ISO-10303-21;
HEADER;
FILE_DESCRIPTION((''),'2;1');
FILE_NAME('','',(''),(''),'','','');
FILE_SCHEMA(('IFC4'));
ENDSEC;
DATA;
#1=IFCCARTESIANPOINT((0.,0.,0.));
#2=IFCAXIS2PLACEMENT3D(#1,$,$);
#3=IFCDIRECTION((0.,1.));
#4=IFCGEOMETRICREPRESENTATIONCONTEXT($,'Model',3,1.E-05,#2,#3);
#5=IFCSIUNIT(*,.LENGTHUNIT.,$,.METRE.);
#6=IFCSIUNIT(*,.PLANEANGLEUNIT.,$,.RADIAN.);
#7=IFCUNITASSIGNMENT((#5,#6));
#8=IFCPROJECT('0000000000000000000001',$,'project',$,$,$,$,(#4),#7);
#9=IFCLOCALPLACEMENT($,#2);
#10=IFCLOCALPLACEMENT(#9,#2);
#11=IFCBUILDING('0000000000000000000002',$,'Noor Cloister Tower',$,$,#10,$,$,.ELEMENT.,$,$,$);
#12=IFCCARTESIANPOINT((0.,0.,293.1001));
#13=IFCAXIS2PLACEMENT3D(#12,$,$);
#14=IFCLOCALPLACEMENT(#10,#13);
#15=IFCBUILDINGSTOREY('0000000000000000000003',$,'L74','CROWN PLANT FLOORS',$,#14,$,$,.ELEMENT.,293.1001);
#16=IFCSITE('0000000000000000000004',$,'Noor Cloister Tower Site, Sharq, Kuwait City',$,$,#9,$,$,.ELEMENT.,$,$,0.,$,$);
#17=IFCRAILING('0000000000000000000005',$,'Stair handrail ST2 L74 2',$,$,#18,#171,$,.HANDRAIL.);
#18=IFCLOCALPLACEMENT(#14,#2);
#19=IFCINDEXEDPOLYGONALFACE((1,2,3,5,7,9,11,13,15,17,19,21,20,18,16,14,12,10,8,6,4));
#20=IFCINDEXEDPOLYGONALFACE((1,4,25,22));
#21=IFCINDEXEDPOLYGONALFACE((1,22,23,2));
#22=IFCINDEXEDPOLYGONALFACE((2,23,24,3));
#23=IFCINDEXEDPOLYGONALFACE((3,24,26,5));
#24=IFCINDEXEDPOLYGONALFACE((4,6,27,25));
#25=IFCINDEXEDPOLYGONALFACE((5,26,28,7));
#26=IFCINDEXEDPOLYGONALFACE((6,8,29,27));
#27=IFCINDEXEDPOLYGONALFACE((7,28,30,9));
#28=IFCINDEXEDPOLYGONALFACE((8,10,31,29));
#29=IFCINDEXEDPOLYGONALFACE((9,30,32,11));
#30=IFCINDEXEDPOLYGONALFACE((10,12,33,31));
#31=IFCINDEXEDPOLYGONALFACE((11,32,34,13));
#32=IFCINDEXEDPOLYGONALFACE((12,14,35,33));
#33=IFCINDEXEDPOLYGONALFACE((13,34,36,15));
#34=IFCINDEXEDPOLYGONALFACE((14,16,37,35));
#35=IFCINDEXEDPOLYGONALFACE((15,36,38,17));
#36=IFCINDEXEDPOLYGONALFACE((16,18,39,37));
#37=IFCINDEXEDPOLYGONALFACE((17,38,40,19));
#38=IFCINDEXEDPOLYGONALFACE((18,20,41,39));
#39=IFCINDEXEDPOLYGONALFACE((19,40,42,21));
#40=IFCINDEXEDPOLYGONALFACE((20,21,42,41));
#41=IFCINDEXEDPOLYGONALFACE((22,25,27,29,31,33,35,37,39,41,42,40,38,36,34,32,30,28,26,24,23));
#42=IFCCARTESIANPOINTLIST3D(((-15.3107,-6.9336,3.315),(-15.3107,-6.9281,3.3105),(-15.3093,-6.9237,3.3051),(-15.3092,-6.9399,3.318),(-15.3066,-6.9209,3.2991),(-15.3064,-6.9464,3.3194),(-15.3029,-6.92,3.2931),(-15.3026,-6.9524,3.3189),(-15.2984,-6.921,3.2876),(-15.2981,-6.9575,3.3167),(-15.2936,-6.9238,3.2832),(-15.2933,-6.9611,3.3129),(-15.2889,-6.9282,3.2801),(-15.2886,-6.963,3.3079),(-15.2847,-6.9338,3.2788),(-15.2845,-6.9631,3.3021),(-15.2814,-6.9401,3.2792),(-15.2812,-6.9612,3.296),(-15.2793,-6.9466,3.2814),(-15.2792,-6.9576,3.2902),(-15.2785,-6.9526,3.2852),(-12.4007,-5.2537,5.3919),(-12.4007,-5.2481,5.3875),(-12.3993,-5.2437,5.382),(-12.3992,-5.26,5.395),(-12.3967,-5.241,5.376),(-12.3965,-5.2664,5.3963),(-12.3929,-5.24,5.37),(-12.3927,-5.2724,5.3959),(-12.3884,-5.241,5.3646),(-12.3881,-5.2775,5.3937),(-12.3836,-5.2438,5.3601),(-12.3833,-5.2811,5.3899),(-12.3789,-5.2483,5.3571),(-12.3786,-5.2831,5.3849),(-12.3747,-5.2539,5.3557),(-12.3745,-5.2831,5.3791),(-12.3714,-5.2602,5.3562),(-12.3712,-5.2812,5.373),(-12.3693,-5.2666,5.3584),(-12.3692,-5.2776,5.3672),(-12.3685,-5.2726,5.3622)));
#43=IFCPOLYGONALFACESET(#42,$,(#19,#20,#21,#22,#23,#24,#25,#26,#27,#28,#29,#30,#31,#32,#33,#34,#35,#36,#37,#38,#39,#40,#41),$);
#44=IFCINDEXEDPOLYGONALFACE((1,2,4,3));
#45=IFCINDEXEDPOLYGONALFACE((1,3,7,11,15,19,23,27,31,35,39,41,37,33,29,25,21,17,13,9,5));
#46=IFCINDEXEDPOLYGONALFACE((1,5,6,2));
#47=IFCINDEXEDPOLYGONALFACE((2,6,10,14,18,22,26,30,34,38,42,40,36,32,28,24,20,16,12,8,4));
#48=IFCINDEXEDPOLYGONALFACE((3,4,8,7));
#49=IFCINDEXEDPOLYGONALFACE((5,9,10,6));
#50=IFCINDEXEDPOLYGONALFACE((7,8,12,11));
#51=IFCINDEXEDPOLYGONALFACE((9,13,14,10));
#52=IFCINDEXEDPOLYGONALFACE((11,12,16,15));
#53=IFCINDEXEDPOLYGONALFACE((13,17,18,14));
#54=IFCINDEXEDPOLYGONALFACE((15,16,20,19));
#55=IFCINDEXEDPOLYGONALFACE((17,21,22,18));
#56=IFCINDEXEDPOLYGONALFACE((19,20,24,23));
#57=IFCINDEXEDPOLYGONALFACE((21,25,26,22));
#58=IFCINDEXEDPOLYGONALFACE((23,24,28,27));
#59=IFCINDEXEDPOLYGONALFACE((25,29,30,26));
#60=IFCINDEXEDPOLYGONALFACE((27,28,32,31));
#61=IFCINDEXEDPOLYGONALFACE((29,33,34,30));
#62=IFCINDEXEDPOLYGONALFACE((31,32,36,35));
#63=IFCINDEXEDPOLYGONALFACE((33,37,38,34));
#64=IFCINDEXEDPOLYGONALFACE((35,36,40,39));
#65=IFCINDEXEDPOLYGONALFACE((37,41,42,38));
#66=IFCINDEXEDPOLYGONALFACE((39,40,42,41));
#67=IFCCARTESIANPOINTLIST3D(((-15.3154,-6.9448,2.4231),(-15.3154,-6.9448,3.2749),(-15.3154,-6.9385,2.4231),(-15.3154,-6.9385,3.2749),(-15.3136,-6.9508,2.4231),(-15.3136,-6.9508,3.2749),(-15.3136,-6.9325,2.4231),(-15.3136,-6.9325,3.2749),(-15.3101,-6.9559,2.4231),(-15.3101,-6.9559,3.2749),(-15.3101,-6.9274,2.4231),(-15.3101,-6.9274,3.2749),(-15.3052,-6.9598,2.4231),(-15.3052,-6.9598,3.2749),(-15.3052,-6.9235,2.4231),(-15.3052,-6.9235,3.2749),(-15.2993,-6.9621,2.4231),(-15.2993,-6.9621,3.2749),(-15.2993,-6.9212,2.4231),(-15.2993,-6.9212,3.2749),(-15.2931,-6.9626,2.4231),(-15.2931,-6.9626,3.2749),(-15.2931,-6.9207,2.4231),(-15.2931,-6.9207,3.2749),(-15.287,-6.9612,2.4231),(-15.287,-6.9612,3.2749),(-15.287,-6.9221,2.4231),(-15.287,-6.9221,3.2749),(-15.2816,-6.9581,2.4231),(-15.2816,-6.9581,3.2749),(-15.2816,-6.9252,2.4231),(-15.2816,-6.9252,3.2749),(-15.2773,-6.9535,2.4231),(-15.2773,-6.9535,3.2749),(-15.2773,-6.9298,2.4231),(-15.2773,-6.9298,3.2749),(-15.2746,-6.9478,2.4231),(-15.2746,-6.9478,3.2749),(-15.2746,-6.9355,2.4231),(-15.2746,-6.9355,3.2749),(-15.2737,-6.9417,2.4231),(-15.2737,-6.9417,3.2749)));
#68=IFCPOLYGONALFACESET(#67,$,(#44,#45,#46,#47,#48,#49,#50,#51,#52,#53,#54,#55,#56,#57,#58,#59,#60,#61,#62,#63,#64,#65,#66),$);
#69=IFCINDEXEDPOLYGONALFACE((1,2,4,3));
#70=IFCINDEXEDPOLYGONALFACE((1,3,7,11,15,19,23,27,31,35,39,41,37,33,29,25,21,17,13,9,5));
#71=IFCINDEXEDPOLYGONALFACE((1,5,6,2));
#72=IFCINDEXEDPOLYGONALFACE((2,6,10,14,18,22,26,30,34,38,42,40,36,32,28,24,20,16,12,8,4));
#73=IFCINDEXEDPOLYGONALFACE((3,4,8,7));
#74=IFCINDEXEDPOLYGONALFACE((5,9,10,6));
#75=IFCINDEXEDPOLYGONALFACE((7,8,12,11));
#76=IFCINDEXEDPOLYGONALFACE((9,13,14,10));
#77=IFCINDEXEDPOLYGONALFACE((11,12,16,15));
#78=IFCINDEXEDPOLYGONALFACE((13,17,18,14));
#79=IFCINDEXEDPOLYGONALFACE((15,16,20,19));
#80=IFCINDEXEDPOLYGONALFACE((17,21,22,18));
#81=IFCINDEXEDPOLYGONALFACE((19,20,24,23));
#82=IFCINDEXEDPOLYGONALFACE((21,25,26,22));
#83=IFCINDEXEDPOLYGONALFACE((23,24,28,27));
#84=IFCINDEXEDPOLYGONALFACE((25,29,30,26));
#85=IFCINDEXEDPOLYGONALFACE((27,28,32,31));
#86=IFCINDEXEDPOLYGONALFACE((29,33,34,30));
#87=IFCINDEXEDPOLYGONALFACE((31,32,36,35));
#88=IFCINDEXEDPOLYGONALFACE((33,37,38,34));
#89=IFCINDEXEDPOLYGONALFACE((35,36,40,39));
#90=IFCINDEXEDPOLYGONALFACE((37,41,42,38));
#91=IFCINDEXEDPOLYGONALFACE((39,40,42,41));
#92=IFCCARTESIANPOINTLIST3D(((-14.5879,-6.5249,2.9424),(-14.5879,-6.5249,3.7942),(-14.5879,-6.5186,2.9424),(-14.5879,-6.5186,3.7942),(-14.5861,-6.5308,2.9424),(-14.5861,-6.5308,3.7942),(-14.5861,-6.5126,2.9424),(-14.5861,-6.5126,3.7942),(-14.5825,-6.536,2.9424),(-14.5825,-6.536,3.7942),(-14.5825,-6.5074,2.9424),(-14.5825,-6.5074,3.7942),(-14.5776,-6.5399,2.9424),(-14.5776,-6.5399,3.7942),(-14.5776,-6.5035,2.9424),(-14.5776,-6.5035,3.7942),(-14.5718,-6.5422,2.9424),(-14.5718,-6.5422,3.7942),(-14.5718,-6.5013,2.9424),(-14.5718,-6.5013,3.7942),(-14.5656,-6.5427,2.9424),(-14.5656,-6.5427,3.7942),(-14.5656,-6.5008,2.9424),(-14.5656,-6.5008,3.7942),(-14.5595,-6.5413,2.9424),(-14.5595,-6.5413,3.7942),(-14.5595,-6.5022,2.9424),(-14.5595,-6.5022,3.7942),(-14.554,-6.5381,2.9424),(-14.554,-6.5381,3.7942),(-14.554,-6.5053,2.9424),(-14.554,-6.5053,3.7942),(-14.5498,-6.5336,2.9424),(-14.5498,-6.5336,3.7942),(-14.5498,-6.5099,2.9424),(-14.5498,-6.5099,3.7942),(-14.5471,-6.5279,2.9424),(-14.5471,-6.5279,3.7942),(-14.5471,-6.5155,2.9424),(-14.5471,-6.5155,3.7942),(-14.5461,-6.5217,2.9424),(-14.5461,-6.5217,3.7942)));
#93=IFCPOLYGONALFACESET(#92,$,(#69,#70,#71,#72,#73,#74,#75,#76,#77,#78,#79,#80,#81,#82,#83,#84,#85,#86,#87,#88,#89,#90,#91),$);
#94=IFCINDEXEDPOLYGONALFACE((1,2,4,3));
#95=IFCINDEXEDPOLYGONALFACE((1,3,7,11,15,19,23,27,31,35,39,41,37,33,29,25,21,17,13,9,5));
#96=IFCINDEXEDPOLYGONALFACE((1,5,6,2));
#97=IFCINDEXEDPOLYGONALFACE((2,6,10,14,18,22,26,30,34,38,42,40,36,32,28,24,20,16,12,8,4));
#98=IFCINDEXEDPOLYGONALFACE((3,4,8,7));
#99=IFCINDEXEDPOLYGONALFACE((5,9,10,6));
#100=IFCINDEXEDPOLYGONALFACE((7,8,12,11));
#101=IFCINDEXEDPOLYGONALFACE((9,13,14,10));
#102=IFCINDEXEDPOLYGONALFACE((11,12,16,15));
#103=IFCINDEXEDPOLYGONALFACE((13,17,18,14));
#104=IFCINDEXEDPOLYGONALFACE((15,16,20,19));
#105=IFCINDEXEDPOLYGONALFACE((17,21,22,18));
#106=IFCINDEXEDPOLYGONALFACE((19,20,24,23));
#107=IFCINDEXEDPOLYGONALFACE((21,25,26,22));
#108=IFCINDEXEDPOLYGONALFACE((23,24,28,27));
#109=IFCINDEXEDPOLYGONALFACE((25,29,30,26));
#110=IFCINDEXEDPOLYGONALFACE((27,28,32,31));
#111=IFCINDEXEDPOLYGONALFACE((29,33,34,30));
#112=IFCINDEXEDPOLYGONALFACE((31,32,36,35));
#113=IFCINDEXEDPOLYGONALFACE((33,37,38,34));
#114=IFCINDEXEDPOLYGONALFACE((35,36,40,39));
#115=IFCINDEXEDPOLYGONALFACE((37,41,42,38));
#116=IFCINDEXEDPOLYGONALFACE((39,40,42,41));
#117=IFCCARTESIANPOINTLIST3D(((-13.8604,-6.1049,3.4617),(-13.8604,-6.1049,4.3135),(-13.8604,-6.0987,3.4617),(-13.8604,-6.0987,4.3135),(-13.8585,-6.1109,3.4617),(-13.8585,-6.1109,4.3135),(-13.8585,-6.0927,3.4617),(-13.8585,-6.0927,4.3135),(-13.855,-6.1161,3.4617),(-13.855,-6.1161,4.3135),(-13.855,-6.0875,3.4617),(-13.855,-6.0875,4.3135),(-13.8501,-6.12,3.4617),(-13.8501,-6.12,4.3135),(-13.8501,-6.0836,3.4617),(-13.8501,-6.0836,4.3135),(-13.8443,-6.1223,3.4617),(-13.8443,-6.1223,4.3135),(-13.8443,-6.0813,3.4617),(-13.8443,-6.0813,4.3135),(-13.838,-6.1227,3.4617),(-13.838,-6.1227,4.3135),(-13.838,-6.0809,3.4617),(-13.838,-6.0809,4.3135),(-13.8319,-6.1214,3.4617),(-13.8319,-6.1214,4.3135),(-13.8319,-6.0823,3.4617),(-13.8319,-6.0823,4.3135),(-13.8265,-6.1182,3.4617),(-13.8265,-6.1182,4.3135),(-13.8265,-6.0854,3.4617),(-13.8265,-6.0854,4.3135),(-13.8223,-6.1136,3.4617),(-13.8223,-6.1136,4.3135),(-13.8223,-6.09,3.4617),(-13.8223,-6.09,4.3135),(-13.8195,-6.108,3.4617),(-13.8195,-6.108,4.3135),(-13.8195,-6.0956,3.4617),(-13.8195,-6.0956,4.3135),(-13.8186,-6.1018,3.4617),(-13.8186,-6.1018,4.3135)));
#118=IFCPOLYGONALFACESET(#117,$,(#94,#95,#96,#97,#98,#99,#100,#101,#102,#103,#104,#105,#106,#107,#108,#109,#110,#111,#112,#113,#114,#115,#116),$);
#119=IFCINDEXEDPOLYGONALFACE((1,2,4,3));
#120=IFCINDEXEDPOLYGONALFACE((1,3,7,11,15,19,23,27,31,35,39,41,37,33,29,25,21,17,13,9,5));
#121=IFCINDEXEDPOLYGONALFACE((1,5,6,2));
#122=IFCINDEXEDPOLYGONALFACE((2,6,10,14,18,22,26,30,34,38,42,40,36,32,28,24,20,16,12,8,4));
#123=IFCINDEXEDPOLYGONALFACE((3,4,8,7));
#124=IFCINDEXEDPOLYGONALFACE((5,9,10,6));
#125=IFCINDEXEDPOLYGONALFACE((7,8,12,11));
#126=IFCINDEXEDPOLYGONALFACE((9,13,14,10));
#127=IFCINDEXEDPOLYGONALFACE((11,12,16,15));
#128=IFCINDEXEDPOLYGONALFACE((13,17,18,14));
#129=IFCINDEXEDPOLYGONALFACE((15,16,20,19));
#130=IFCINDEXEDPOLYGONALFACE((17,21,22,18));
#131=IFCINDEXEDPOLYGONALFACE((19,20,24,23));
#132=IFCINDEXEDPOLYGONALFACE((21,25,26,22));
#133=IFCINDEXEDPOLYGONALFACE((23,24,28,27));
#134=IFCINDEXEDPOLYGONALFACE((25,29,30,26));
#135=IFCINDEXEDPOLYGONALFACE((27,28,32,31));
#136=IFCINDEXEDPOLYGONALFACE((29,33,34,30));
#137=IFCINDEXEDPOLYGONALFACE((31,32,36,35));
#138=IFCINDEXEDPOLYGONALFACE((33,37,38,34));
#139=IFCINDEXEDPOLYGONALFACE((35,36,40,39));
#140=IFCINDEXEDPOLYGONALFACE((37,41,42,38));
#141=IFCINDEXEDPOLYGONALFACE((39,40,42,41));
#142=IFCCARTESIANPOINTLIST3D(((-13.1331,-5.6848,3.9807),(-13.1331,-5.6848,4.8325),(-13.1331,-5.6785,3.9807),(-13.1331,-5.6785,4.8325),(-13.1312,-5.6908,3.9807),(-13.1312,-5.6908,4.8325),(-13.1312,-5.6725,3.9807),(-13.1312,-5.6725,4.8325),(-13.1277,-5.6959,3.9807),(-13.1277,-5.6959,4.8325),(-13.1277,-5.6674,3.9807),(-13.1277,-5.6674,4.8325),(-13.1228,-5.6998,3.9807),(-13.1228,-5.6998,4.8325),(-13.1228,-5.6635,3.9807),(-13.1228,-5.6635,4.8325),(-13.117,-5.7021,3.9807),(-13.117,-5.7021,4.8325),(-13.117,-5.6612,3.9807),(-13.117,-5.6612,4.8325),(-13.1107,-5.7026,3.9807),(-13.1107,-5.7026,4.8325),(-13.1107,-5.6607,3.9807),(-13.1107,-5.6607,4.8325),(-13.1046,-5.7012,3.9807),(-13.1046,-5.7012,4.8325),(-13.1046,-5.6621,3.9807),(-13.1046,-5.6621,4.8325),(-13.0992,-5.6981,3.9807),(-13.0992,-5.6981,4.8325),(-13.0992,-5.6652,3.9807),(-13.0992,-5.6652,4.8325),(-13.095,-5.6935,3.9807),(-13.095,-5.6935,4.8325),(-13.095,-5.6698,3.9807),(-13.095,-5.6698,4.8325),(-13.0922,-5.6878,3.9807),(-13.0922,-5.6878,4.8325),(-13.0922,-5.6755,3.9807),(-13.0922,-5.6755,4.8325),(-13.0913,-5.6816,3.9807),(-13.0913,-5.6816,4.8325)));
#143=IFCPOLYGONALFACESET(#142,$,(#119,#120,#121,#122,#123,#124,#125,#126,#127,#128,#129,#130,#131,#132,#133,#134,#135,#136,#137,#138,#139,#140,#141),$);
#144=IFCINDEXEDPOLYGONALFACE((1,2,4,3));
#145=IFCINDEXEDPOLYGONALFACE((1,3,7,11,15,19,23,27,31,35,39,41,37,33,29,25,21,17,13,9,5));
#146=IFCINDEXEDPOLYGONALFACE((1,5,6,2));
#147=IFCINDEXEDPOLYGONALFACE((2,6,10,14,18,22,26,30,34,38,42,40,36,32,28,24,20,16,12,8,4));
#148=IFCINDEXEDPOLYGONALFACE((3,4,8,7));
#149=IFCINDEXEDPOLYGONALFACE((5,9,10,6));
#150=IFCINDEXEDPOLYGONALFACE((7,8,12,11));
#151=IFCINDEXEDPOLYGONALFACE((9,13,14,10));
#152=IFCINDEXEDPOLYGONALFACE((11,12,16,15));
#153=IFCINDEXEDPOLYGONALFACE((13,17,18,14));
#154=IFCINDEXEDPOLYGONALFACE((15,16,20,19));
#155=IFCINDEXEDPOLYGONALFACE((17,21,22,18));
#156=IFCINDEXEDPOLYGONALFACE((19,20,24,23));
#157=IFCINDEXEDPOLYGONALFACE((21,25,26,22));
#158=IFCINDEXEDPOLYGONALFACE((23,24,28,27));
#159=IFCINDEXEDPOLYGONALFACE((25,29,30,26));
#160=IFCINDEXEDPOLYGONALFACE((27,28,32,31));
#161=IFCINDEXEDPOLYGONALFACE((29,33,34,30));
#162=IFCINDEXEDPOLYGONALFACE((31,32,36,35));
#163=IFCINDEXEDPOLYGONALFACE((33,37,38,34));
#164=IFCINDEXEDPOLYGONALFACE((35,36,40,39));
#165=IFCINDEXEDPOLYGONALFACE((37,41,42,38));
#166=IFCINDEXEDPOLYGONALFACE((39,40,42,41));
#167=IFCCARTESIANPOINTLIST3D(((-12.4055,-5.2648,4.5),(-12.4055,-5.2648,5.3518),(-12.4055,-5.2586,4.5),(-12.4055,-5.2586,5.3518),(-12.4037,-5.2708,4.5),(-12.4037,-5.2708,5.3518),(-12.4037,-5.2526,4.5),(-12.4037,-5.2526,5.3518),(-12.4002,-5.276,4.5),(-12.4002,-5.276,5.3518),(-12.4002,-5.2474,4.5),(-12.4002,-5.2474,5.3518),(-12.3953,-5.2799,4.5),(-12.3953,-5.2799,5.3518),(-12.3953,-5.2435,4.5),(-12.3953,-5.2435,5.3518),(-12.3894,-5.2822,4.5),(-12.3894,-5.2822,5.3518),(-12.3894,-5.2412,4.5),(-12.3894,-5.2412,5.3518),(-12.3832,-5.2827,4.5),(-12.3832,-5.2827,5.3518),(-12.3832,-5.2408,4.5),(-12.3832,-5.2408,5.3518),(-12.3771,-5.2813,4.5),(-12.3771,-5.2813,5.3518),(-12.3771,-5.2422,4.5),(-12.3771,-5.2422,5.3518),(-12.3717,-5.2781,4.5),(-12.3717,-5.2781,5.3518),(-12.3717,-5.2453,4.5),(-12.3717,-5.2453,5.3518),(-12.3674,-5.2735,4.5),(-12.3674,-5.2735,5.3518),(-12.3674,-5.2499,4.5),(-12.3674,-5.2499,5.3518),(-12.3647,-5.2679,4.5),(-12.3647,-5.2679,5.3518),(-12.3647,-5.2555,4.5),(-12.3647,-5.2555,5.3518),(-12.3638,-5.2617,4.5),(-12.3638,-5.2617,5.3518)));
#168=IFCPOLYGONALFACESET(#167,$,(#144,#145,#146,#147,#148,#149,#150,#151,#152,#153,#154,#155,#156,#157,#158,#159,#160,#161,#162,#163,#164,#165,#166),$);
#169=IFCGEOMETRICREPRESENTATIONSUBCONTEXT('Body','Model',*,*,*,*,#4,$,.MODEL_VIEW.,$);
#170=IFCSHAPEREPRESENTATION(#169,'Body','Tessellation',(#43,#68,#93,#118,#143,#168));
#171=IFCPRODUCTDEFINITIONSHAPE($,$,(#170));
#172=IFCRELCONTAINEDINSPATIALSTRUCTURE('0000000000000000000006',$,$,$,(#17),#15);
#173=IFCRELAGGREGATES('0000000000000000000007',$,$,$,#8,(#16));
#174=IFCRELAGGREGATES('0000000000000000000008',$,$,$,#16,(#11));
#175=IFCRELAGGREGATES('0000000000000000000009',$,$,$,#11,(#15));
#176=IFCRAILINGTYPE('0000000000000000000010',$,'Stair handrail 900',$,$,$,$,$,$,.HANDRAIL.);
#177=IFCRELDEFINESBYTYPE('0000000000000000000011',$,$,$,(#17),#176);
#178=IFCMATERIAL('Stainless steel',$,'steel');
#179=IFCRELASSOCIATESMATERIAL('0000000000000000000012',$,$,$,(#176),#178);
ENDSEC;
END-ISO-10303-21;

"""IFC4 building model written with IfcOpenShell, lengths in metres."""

from ifc_helpers import new_model, si_unit, direction, frame, origin, origin_2d, place, context, subcontext, project, spatial, circle, extrude, material, type_object, element, save


model = new_model("IFC4")

# Units and contexts
model_context = context("Model", 3, precision=1e-05, world=origin(), true_north=direction((0.0, 1.0)))
body_context = subcontext(model_context, "Body", "Model", "MODEL_VIEW")
ifc_project = project(units=[si_unit("LENGTHUNIT", "METRE"), si_unit("PLANEANGLEUNIT", "RADIAN")], contexts=[model_context])

# Site, building, storey
site_placement = place(None, origin())
site = spatial("IfcSite", under=ifc_project, at=site_placement, Name="Noor Cloister Tower Site, Sharq, Kuwait City", CompositionType="ELEMENT", RefElevation=0.0)
building_placement = place(site_placement, origin())
building = spatial("IfcBuilding", under=site, at=building_placement, Name="Noor Cloister Tower", CompositionType="ELEMENT")
storey_placement = place(building_placement, frame((0.0, 0.0, 293.1001)))
storey = spatial("IfcBuildingStorey", under=building, at=storey_placement, Name="L74", Description="CROWN PLANT FLOORS", CompositionType="ELEMENT", Elevation=293.1001)

# Railing
ifc_material_1 = material(Name="Stainless steel", Category="steel")
railing_type_1 = type_object("IfcRailingType", Name="Stair handrail 900", PredefinedType="HANDRAIL", material=ifc_material_1)
railing_1_placement = place(storey_placement, frame((-15.2947, -6.9417, 2.4231)))
element("IfcRailing", 1, at=railing_1_placement, inside=storey, type_object=railing_type_1, Name="Stair handrail ST2 L74 2", PredefinedType="HANDRAIL", context=body_context, shape_type="SweptSolid", body=[
    extrude(circle(Radius=0.0239, at=origin_2d()), frame((0.0, 0.0, 0.876), z_axis=(0.736668, 0.425288, 0.525785), x_axis=(-0.499976, 0.866039, 0.0)), (0.0, 0.0, 1.0), 3.9502),
    extrude(circle(Radius=0.021, at=origin_2d()), origin(), (0.0, 0.0, 1.0), 0.8518),
    extrude(circle(Radius=0.021, at=origin_2d()), frame((0.7275, 0.4199, 0.5193)), (0.0, 0.0, 1.0), 0.8518),
    extrude(circle(Radius=0.021, at=origin_2d()), frame((1.4551, 0.8398, 1.0386)), (0.0, 0.0, 1.0), 0.8518),
    extrude(circle(Radius=0.021, at=origin_2d()), frame((2.1824, 1.26, 1.5576)), (0.0, 0.0, 1.0), 0.8518),
    extrude(circle(Radius=0.021, at=origin_2d()), frame((2.9099, 1.6799, 2.0769)), (0.0, 0.0, 1.0), 0.8518),
])

save(model, "model.ifc")
